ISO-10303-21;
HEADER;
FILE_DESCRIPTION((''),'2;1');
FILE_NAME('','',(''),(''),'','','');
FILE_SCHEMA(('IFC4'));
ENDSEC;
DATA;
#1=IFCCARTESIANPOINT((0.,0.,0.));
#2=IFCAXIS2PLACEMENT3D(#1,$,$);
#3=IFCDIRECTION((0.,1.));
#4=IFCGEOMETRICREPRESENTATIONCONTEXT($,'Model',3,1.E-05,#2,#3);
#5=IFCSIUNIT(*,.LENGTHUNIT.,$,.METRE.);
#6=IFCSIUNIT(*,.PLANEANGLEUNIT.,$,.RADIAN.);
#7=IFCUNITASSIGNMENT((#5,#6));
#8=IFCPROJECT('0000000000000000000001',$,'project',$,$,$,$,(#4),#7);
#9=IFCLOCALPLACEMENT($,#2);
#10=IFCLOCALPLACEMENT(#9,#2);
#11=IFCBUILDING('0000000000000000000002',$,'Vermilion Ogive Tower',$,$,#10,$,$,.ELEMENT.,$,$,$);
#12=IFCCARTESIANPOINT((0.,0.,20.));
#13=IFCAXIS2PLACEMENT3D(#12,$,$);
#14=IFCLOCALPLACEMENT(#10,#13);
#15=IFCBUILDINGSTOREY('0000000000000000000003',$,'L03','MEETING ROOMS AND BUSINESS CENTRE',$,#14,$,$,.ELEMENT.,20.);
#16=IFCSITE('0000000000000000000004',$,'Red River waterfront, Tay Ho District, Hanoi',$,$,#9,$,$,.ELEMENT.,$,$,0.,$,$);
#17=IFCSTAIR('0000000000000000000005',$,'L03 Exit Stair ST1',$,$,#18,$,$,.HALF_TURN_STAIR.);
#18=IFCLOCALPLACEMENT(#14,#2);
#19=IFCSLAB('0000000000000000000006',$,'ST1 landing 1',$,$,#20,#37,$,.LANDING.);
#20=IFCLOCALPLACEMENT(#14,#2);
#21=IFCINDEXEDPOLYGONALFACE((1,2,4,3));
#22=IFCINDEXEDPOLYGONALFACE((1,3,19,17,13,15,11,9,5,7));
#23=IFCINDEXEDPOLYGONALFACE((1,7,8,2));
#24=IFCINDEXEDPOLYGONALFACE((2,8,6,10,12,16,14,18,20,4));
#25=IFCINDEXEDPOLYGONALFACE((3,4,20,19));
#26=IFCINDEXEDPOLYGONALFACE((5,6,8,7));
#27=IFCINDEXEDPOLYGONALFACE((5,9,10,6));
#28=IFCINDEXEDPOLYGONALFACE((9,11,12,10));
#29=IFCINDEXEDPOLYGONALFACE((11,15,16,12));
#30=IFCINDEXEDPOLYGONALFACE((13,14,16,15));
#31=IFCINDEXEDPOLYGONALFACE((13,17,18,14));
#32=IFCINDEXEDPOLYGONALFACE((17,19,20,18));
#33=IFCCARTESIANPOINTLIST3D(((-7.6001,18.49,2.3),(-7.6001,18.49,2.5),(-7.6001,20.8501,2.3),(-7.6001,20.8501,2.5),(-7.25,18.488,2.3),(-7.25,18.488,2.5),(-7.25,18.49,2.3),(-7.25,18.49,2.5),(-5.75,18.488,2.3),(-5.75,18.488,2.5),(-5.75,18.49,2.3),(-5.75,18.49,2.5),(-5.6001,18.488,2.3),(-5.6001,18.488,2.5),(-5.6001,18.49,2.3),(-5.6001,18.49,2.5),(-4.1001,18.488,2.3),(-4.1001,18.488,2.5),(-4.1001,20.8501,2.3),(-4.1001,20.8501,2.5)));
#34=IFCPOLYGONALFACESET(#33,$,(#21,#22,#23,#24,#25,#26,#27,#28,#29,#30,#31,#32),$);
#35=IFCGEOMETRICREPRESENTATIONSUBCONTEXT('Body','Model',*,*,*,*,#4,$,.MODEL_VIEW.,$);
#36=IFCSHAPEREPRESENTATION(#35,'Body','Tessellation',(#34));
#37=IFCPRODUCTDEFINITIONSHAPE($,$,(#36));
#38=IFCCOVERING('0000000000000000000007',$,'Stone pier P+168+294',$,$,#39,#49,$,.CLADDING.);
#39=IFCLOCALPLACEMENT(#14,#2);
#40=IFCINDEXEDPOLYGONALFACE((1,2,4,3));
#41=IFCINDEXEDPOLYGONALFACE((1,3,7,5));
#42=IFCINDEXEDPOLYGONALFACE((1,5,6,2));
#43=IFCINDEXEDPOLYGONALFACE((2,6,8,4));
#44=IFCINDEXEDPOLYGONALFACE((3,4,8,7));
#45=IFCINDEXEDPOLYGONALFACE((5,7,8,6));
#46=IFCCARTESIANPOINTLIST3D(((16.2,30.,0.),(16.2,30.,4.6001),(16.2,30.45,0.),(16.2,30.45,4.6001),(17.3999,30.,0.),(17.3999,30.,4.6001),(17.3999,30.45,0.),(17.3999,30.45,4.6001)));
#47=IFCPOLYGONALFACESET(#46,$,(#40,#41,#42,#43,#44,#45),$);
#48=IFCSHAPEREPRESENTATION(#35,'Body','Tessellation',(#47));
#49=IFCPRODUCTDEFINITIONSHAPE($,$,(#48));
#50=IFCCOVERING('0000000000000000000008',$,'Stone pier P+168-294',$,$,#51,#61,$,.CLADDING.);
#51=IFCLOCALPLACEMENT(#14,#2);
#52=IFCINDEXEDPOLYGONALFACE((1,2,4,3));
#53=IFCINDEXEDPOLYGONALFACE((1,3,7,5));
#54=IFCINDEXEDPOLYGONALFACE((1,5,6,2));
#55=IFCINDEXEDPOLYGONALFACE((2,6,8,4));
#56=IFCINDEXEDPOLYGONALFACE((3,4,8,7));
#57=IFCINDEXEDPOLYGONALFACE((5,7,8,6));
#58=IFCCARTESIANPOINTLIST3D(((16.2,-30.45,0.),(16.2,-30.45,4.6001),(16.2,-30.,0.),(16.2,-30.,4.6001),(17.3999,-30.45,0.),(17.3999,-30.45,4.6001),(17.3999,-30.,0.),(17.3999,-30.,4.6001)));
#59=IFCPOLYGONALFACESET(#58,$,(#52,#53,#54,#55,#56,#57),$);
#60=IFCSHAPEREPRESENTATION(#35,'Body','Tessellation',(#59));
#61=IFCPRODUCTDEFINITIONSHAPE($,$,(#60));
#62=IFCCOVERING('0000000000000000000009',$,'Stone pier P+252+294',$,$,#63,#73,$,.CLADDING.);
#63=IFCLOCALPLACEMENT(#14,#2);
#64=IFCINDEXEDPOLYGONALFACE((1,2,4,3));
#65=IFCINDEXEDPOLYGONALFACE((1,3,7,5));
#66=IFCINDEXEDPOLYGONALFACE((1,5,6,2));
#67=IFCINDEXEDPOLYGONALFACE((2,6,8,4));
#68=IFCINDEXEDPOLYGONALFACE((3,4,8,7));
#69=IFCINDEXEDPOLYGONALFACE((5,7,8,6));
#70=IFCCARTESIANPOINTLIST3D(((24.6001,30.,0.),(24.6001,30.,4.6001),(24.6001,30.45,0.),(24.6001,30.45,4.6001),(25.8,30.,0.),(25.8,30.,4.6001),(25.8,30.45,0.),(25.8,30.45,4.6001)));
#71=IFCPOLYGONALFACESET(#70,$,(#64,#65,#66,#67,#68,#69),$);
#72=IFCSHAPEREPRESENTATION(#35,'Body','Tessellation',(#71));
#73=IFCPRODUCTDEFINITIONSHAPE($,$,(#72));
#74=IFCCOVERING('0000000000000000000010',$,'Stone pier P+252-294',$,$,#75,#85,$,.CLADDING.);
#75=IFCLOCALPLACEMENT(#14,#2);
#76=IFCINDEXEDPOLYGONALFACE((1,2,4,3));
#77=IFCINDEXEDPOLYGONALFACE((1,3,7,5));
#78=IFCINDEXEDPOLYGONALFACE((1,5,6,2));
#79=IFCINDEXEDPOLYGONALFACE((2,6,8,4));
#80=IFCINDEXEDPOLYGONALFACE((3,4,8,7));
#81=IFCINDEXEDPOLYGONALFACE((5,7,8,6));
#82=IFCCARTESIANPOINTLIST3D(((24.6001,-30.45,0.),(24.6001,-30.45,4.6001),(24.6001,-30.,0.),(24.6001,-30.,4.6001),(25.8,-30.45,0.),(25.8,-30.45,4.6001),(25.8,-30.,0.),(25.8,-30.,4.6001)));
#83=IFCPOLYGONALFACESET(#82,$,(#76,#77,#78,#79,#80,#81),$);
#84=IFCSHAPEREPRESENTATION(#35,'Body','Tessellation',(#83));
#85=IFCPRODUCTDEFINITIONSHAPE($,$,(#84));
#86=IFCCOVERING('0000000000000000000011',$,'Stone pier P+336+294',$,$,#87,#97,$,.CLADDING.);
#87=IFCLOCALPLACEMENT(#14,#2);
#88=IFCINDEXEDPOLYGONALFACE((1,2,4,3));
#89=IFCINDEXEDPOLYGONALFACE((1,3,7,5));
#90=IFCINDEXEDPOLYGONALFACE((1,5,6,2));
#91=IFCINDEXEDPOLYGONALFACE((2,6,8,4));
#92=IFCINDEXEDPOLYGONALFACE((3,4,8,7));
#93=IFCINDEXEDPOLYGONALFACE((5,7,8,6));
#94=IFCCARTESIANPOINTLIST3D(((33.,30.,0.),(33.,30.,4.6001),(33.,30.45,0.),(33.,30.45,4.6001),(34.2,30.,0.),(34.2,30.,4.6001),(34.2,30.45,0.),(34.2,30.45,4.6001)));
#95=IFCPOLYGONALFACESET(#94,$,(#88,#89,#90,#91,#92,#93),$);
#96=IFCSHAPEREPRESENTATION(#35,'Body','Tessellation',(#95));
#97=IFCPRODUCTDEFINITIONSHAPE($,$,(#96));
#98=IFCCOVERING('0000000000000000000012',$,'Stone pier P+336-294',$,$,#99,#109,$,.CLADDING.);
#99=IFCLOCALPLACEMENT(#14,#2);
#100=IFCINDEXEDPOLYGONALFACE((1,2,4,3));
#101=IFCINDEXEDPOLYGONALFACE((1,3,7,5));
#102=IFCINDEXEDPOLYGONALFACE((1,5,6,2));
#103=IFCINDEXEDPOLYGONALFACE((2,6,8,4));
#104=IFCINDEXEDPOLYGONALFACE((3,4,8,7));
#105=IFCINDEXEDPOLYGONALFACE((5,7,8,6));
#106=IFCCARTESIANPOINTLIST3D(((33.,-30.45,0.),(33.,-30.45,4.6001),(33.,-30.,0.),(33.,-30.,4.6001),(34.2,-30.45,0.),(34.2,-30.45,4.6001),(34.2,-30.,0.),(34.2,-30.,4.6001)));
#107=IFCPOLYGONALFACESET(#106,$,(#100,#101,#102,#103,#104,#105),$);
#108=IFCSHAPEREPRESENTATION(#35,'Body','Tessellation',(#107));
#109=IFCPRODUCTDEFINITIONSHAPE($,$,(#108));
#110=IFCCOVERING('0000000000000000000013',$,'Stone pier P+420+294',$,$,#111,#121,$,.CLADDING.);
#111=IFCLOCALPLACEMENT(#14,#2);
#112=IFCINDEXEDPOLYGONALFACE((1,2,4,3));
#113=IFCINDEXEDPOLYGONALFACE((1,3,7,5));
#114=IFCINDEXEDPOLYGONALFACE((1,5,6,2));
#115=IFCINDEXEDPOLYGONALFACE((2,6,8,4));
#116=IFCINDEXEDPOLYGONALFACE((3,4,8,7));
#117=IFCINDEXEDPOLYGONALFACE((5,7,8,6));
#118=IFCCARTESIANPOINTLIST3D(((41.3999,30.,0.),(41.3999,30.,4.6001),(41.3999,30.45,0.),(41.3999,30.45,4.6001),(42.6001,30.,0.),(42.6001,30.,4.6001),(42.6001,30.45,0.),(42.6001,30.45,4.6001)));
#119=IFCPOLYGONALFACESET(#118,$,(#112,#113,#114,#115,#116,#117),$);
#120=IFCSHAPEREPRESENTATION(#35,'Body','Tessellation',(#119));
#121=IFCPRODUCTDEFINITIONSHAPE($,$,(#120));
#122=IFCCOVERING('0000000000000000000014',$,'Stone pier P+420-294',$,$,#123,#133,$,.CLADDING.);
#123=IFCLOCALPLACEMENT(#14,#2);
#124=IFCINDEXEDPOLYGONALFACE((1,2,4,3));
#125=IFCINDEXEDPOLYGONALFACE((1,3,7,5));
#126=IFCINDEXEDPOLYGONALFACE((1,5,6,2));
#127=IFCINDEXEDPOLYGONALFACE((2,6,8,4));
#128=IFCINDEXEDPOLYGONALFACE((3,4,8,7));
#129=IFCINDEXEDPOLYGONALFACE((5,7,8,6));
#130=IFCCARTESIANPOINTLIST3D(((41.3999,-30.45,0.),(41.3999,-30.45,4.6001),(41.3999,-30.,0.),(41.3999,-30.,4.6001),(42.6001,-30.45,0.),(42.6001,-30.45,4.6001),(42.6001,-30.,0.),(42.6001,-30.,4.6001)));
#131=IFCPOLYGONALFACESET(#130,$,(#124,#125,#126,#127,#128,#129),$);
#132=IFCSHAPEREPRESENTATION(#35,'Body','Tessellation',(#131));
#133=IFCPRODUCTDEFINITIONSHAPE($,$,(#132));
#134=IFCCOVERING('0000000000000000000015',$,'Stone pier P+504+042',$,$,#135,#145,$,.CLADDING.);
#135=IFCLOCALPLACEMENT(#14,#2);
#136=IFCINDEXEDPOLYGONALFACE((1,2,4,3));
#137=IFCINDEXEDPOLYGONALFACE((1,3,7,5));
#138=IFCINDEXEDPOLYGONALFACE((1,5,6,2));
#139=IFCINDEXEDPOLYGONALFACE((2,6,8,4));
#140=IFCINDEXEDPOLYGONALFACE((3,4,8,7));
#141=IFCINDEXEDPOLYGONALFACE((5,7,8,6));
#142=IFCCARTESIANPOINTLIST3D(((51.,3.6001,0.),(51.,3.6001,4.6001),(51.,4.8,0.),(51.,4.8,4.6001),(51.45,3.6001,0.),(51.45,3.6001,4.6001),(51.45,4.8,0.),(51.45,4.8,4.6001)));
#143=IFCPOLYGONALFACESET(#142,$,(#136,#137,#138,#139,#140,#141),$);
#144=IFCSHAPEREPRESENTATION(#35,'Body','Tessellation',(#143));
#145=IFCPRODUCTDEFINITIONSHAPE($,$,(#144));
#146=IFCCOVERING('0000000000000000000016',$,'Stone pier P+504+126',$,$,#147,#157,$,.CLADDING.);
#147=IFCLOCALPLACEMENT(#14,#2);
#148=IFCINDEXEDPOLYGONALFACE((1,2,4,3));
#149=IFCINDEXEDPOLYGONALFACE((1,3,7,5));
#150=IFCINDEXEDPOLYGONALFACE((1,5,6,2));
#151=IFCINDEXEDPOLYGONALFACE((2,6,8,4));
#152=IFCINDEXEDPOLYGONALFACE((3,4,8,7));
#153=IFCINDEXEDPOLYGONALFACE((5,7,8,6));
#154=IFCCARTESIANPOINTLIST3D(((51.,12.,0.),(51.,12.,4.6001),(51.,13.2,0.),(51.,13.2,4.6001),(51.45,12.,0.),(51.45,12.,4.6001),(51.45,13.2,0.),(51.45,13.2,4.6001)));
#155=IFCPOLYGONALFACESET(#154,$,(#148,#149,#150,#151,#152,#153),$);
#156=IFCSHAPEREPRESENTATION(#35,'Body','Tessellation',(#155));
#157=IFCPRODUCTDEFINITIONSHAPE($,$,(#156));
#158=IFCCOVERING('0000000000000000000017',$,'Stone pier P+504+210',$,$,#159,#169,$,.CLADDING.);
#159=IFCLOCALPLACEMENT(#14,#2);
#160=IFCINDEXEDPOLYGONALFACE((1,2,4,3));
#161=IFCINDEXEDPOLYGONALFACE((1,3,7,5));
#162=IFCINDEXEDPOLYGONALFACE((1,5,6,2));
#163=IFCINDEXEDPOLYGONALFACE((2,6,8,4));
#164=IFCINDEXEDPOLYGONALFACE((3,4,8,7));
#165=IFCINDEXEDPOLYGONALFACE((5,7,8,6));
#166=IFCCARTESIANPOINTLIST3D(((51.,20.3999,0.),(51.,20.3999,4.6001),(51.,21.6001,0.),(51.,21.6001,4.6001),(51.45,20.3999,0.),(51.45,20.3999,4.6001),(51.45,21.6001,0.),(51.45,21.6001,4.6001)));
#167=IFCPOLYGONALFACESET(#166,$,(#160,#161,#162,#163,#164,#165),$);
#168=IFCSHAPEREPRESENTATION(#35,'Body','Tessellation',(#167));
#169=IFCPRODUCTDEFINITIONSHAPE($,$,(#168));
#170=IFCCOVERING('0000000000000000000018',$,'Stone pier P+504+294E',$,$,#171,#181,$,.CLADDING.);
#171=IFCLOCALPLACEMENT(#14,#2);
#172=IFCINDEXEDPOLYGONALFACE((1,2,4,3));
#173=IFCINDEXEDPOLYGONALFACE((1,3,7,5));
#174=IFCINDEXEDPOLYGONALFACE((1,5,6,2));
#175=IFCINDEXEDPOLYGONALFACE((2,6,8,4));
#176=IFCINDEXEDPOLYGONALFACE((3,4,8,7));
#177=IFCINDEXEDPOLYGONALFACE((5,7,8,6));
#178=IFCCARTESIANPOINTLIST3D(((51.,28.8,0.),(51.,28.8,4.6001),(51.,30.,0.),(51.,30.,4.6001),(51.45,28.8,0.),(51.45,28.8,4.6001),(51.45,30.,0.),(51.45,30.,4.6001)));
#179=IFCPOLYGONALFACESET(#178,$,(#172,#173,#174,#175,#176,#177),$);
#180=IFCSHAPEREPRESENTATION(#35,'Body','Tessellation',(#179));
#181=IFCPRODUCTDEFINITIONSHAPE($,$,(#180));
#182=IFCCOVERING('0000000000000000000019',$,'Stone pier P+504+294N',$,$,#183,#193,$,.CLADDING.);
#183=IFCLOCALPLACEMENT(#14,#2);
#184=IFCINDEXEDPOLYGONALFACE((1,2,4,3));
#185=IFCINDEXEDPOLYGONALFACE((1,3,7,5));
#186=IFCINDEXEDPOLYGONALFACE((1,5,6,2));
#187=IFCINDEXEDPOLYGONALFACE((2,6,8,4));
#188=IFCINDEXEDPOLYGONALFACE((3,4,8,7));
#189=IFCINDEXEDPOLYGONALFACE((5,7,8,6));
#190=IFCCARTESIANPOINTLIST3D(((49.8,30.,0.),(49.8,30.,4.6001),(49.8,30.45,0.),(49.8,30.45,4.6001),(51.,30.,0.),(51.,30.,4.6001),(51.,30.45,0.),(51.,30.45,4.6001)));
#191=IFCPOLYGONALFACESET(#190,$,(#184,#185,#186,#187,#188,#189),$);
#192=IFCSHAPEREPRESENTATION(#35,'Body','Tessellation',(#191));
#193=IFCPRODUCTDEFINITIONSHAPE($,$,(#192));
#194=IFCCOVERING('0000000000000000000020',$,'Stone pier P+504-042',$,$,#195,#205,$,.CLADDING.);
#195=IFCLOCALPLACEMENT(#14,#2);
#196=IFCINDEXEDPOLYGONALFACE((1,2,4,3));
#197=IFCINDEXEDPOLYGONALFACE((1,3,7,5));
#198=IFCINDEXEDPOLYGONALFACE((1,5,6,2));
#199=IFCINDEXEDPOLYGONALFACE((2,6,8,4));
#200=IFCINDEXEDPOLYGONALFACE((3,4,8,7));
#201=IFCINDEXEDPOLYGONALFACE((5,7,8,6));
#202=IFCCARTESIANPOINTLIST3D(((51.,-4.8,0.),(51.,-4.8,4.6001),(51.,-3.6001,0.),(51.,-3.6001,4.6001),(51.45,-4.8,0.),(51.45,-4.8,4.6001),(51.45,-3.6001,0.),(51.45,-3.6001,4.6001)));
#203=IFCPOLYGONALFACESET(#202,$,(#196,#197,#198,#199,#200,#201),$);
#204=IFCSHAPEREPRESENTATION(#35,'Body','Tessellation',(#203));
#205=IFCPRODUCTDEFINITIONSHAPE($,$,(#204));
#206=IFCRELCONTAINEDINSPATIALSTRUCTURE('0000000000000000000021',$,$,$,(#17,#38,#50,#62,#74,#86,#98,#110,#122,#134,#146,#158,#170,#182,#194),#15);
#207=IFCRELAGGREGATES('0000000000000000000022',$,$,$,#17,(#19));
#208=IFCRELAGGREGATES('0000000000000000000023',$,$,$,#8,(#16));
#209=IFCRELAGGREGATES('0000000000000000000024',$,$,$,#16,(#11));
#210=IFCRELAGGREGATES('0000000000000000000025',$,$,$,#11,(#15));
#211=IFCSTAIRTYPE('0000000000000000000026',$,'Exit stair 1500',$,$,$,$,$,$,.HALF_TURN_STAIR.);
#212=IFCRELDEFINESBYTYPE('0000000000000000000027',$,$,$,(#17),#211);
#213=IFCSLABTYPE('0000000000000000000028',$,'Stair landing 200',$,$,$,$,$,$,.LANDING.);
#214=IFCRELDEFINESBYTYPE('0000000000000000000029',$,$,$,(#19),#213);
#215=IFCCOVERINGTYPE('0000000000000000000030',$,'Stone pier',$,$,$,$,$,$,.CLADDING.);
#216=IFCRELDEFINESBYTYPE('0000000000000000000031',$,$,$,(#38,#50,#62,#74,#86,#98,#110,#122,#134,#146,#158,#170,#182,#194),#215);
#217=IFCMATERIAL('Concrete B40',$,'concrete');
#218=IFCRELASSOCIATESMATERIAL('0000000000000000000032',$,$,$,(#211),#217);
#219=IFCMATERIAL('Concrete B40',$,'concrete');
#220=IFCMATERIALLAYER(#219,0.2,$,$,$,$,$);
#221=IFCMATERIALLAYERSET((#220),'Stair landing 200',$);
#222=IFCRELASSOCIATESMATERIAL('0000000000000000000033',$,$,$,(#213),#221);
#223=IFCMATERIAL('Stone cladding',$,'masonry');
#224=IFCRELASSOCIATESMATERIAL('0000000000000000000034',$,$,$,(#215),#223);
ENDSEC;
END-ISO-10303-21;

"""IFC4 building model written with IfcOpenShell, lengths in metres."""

from ifc_helpers import new_model, si_unit, direction, frame, origin, place, context, subcontext, project, spatial, polyline, outline, extrude, material, layer, layer_set, type_object, element, aggregate, save


model = new_model("IFC4")

# Units and contexts
model_context = context("Model", 3, precision=1e-05, world=origin(), true_north=direction((0.0, 1.0)))
body_context = subcontext(model_context, "Body", "Model", "MODEL_VIEW")
ifc_project = project(units=[si_unit("LENGTHUNIT", "METRE"), si_unit("PLANEANGLEUNIT", "RADIAN")], contexts=[model_context])

# Site, building, storey
site_placement = place(None, origin())
site = spatial("IfcSite", under=ifc_project, at=site_placement, Name="Red River waterfront, Tay Ho District, Hanoi", CompositionType="ELEMENT", RefElevation=0.0)
building_placement = place(site_placement, origin())
building = spatial("IfcBuilding", under=site, at=building_placement, Name="Vermilion Ogive Tower", CompositionType="ELEMENT")
storey_placement = place(building_placement, frame((0.0, 0.0, 20.0)))
storey = spatial("IfcBuildingStorey", under=building, at=storey_placement, Name="L03", Description="MEETING ROOMS AND BUSINESS CENTRE", CompositionType="ELEMENT", Elevation=20.0)

# Stair, slab
ifc_material_1 = material(Name="Concrete B40", Category="concrete")
stair_type = type_object("IfcStairType", Name="Exit stair 1500", PredefinedType="HALF_TURN_STAIR", material=ifc_material_1)
stair_placement = place(storey_placement, origin())
stair = element("IfcStair", 1, at=stair_placement, inside=storey, type_object=stair_type, Name="L03 Exit Stair ST1", PredefinedType="HALF_TURN_STAIR")
ifc_material_2 = material(Name="Concrete B40", Category="concrete")
ifc_layer = layer(ifc_material_2, 0.2)
ifc_layer_set = layer_set([ifc_layer], Name="Stair landing 200")
slab_type = type_object("IfcSlabType", Name="Stair landing 200", PredefinedType="LANDING", material=ifc_layer_set)
slab_placement = place(storey_placement, frame((0.0, 0.0, 2.3)))
slab = element("IfcSlab", 2, at=slab_placement, type_object=slab_type, Name="ST1 landing 1", PredefinedType="LANDING", context=body_context, shape_type="SweptSolid", body=[
    extrude(outline(polyline([(-7.6001, 18.49), (-7.25, 18.49), (-7.25, 18.488), (-5.75, 18.488), (-5.75, 18.49), (-5.6001, 18.49), (-5.6001, 18.488), (-4.1001, 18.488), (-4.1001, 20.8501), (-7.6001, 20.8501), (-7.6001, 18.49)])), origin(), (0.0, 0.0, 1.0), 0.2),
])
aggregate(stair, [slab])

# Coverings
ifc_material_3 = material(Name="Stone cladding", Category="masonry")
covering_type = type_object("IfcCoveringType", Name="Stone pier", PredefinedType="CLADDING", material=ifc_material_3)
covering_1_placement = place(storey_placement, origin())
element("IfcCovering", 3, at=covering_1_placement, inside=storey, type_object=covering_type, Name="Stone pier P+168+294", PredefinedType="CLADDING", context=body_context, shape_type="SweptSolid", body=[
    extrude(outline(polyline([(16.2, 30.0), (16.2, 30.45), (17.3999, 30.45), (17.3999, 30.0), (17.3999, 30.0), (16.2, 30.0)])), origin(), (0.0, 0.0, 1.0), 4.6001),
])
covering_2_placement = place(storey_placement, origin())
element("IfcCovering", 4, at=covering_2_placement, inside=storey, type_object=covering_type, Name="Stone pier P+168-294", PredefinedType="CLADDING", context=body_context, shape_type="SweptSolid", body=[
    extrude(outline(polyline([(17.3999, -30.45), (16.2, -30.45), (16.2, -30.0), (17.3999, -30.0), (17.3999, -30.45)])), origin(), (0.0, 0.0, 1.0), 4.6001),
])
covering_3_placement = place(storey_placement, origin())
element("IfcCovering", 5, at=covering_3_placement, inside=storey, type_object=covering_type, Name="Stone pier P+252+294", PredefinedType="CLADDING", context=body_context, shape_type="SweptSolid", body=[
    extrude(outline(polyline([(24.6001, 30.45), (25.8, 30.45), (25.8, 30.0), (24.6001, 30.0), (24.6001, 30.45)])), origin(), (0.0, 0.0, 1.0), 4.6001),
])
covering_4_placement = place(storey_placement, origin())
element("IfcCovering", 6, at=covering_4_placement, inside=storey, type_object=covering_type, Name="Stone pier P+252-294", PredefinedType="CLADDING", context=body_context, shape_type="SweptSolid", body=[
    extrude(outline(polyline([(25.8, -30.45), (24.6001, -30.45), (24.6001, -30.0), (25.8, -30.0), (25.8, -30.45)])), origin(), (0.0, 0.0, 1.0), 4.6001),
])
covering_5_placement = place(storey_placement, origin())
element("IfcCovering", 7, at=covering_5_placement, inside=storey, type_object=covering_type, Name="Stone pier P+336+294", PredefinedType="CLADDING", context=body_context, shape_type="SweptSolid", body=[
    extrude(outline(polyline([(33.0, 30.45), (34.2, 30.45), (34.2, 30.0), (33.0, 30.0), (33.0, 30.45)])), origin(), (0.0, 0.0, 1.0), 4.6001),
])
covering_6_placement = place(storey_placement, origin())
element("IfcCovering", 8, at=covering_6_placement, inside=storey, type_object=covering_type, Name="Stone pier P+336-294", PredefinedType="CLADDING", context=body_context, shape_type="SweptSolid", body=[
    extrude(outline(polyline([(34.2, -30.45), (33.0, -30.45), (33.0, -30.0), (34.2, -30.0), (34.2, -30.45)])), origin(), (0.0, 0.0, 1.0), 4.6001),
])
covering_7_placement = place(storey_placement, origin())
element("IfcCovering", 9, at=covering_7_placement, inside=storey, type_object=covering_type, Name="Stone pier P+420+294", PredefinedType="CLADDING", context=body_context, shape_type="SweptSolid", body=[
    extrude(outline(polyline([(41.3999, 30.45), (42.6001, 30.45), (42.6001, 30.0), (41.3999, 30.0), (41.3999, 30.45)])), origin(), (0.0, 0.0, 1.0), 4.6001),
])
covering_8_placement = place(storey_placement, origin())
element("IfcCovering", 10, at=covering_8_placement, inside=storey, type_object=covering_type, Name="Stone pier P+420-294", PredefinedType="CLADDING", context=body_context, shape_type="SweptSolid", body=[
    extrude(outline(polyline([(42.6001, -30.45), (41.3999, -30.45), (41.3999, -30.0), (42.6001, -30.0), (42.6001, -30.45)])), origin(), (0.0, 0.0, 1.0), 4.6001),
])
covering_9_placement = place(storey_placement, origin())
element("IfcCovering", 11, at=covering_9_placement, inside=storey, type_object=covering_type, Name="Stone pier P+504+042", PredefinedType="CLADDING", context=body_context, shape_type="SweptSolid", body=[
    extrude(outline(polyline([(51.0, 4.8), (51.45, 4.8), (51.45, 3.6001), (51.0, 3.6001), (51.0, 4.8), (51.0, 4.8)])), origin(), (0.0, 0.0, 1.0), 4.6001),
])
covering_10_placement = place(storey_placement, origin())
element("IfcCovering", 12, at=covering_10_placement, inside=storey, type_object=covering_type, Name="Stone pier P+504+126", PredefinedType="CLADDING", context=body_context, shape_type="SweptSolid", body=[
    extrude(outline(polyline([(51.0, 13.2), (51.45, 13.2), (51.45, 12.0), (51.0, 12.0), (51.0, 13.2), (51.0, 13.2)])), origin(), (0.0, 0.0, 1.0), 4.6001),
])
covering_11_placement = place(storey_placement, origin())
element("IfcCovering", 13, at=covering_11_placement, inside=storey, type_object=covering_type, Name="Stone pier P+504+210", PredefinedType="CLADDING", context=body_context, shape_type="SweptSolid", body=[
    extrude(outline(polyline([(51.45, 21.6001), (51.45, 20.3999), (51.0, 20.3999), (51.0, 21.6001), (51.45, 21.6001)])), origin(), (0.0, 0.0, 1.0), 4.6001),
])
covering_12_placement = place(storey_placement, origin())
element("IfcCovering", 14, at=covering_12_placement, inside=storey, type_object=covering_type, Name="Stone pier P+504+294E", PredefinedType="CLADDING", context=body_context, shape_type="SweptSolid", body=[
    extrude(outline(polyline([(51.45, 30.0), (51.45, 28.8), (51.0, 28.8), (51.0, 30.0), (51.45, 30.0)])), origin(), (0.0, 0.0, 1.0), 4.6001),
])
covering_13_placement = place(storey_placement, origin())
element("IfcCovering", 15, at=covering_13_placement, inside=storey, type_object=covering_type, Name="Stone pier P+504+294N", PredefinedType="CLADDING", context=body_context, shape_type="SweptSolid", body=[
    extrude(outline(polyline([(51.0, 30.45), (51.0, 30.0), (49.8, 30.0), (49.8, 30.45), (51.0, 30.45)])), origin(), (0.0, 0.0, 1.0), 4.6001),
])
covering_14_placement = place(storey_placement, origin())
element("IfcCovering", 16, at=covering_14_placement, inside=storey, type_object=covering_type, Name="Stone pier P+504-042", PredefinedType="CLADDING", context=body_context, shape_type="SweptSolid", body=[
    extrude(outline(polyline([(51.0, -3.6001), (51.0, -3.6001), (51.45, -3.6001), (51.45, -4.8), (51.0, -4.8), (51.0, -4.8), (51.0, -3.6001)])), origin(), (0.0, 0.0, 1.0), 4.6001),
])

save(model, "model.ifc")
